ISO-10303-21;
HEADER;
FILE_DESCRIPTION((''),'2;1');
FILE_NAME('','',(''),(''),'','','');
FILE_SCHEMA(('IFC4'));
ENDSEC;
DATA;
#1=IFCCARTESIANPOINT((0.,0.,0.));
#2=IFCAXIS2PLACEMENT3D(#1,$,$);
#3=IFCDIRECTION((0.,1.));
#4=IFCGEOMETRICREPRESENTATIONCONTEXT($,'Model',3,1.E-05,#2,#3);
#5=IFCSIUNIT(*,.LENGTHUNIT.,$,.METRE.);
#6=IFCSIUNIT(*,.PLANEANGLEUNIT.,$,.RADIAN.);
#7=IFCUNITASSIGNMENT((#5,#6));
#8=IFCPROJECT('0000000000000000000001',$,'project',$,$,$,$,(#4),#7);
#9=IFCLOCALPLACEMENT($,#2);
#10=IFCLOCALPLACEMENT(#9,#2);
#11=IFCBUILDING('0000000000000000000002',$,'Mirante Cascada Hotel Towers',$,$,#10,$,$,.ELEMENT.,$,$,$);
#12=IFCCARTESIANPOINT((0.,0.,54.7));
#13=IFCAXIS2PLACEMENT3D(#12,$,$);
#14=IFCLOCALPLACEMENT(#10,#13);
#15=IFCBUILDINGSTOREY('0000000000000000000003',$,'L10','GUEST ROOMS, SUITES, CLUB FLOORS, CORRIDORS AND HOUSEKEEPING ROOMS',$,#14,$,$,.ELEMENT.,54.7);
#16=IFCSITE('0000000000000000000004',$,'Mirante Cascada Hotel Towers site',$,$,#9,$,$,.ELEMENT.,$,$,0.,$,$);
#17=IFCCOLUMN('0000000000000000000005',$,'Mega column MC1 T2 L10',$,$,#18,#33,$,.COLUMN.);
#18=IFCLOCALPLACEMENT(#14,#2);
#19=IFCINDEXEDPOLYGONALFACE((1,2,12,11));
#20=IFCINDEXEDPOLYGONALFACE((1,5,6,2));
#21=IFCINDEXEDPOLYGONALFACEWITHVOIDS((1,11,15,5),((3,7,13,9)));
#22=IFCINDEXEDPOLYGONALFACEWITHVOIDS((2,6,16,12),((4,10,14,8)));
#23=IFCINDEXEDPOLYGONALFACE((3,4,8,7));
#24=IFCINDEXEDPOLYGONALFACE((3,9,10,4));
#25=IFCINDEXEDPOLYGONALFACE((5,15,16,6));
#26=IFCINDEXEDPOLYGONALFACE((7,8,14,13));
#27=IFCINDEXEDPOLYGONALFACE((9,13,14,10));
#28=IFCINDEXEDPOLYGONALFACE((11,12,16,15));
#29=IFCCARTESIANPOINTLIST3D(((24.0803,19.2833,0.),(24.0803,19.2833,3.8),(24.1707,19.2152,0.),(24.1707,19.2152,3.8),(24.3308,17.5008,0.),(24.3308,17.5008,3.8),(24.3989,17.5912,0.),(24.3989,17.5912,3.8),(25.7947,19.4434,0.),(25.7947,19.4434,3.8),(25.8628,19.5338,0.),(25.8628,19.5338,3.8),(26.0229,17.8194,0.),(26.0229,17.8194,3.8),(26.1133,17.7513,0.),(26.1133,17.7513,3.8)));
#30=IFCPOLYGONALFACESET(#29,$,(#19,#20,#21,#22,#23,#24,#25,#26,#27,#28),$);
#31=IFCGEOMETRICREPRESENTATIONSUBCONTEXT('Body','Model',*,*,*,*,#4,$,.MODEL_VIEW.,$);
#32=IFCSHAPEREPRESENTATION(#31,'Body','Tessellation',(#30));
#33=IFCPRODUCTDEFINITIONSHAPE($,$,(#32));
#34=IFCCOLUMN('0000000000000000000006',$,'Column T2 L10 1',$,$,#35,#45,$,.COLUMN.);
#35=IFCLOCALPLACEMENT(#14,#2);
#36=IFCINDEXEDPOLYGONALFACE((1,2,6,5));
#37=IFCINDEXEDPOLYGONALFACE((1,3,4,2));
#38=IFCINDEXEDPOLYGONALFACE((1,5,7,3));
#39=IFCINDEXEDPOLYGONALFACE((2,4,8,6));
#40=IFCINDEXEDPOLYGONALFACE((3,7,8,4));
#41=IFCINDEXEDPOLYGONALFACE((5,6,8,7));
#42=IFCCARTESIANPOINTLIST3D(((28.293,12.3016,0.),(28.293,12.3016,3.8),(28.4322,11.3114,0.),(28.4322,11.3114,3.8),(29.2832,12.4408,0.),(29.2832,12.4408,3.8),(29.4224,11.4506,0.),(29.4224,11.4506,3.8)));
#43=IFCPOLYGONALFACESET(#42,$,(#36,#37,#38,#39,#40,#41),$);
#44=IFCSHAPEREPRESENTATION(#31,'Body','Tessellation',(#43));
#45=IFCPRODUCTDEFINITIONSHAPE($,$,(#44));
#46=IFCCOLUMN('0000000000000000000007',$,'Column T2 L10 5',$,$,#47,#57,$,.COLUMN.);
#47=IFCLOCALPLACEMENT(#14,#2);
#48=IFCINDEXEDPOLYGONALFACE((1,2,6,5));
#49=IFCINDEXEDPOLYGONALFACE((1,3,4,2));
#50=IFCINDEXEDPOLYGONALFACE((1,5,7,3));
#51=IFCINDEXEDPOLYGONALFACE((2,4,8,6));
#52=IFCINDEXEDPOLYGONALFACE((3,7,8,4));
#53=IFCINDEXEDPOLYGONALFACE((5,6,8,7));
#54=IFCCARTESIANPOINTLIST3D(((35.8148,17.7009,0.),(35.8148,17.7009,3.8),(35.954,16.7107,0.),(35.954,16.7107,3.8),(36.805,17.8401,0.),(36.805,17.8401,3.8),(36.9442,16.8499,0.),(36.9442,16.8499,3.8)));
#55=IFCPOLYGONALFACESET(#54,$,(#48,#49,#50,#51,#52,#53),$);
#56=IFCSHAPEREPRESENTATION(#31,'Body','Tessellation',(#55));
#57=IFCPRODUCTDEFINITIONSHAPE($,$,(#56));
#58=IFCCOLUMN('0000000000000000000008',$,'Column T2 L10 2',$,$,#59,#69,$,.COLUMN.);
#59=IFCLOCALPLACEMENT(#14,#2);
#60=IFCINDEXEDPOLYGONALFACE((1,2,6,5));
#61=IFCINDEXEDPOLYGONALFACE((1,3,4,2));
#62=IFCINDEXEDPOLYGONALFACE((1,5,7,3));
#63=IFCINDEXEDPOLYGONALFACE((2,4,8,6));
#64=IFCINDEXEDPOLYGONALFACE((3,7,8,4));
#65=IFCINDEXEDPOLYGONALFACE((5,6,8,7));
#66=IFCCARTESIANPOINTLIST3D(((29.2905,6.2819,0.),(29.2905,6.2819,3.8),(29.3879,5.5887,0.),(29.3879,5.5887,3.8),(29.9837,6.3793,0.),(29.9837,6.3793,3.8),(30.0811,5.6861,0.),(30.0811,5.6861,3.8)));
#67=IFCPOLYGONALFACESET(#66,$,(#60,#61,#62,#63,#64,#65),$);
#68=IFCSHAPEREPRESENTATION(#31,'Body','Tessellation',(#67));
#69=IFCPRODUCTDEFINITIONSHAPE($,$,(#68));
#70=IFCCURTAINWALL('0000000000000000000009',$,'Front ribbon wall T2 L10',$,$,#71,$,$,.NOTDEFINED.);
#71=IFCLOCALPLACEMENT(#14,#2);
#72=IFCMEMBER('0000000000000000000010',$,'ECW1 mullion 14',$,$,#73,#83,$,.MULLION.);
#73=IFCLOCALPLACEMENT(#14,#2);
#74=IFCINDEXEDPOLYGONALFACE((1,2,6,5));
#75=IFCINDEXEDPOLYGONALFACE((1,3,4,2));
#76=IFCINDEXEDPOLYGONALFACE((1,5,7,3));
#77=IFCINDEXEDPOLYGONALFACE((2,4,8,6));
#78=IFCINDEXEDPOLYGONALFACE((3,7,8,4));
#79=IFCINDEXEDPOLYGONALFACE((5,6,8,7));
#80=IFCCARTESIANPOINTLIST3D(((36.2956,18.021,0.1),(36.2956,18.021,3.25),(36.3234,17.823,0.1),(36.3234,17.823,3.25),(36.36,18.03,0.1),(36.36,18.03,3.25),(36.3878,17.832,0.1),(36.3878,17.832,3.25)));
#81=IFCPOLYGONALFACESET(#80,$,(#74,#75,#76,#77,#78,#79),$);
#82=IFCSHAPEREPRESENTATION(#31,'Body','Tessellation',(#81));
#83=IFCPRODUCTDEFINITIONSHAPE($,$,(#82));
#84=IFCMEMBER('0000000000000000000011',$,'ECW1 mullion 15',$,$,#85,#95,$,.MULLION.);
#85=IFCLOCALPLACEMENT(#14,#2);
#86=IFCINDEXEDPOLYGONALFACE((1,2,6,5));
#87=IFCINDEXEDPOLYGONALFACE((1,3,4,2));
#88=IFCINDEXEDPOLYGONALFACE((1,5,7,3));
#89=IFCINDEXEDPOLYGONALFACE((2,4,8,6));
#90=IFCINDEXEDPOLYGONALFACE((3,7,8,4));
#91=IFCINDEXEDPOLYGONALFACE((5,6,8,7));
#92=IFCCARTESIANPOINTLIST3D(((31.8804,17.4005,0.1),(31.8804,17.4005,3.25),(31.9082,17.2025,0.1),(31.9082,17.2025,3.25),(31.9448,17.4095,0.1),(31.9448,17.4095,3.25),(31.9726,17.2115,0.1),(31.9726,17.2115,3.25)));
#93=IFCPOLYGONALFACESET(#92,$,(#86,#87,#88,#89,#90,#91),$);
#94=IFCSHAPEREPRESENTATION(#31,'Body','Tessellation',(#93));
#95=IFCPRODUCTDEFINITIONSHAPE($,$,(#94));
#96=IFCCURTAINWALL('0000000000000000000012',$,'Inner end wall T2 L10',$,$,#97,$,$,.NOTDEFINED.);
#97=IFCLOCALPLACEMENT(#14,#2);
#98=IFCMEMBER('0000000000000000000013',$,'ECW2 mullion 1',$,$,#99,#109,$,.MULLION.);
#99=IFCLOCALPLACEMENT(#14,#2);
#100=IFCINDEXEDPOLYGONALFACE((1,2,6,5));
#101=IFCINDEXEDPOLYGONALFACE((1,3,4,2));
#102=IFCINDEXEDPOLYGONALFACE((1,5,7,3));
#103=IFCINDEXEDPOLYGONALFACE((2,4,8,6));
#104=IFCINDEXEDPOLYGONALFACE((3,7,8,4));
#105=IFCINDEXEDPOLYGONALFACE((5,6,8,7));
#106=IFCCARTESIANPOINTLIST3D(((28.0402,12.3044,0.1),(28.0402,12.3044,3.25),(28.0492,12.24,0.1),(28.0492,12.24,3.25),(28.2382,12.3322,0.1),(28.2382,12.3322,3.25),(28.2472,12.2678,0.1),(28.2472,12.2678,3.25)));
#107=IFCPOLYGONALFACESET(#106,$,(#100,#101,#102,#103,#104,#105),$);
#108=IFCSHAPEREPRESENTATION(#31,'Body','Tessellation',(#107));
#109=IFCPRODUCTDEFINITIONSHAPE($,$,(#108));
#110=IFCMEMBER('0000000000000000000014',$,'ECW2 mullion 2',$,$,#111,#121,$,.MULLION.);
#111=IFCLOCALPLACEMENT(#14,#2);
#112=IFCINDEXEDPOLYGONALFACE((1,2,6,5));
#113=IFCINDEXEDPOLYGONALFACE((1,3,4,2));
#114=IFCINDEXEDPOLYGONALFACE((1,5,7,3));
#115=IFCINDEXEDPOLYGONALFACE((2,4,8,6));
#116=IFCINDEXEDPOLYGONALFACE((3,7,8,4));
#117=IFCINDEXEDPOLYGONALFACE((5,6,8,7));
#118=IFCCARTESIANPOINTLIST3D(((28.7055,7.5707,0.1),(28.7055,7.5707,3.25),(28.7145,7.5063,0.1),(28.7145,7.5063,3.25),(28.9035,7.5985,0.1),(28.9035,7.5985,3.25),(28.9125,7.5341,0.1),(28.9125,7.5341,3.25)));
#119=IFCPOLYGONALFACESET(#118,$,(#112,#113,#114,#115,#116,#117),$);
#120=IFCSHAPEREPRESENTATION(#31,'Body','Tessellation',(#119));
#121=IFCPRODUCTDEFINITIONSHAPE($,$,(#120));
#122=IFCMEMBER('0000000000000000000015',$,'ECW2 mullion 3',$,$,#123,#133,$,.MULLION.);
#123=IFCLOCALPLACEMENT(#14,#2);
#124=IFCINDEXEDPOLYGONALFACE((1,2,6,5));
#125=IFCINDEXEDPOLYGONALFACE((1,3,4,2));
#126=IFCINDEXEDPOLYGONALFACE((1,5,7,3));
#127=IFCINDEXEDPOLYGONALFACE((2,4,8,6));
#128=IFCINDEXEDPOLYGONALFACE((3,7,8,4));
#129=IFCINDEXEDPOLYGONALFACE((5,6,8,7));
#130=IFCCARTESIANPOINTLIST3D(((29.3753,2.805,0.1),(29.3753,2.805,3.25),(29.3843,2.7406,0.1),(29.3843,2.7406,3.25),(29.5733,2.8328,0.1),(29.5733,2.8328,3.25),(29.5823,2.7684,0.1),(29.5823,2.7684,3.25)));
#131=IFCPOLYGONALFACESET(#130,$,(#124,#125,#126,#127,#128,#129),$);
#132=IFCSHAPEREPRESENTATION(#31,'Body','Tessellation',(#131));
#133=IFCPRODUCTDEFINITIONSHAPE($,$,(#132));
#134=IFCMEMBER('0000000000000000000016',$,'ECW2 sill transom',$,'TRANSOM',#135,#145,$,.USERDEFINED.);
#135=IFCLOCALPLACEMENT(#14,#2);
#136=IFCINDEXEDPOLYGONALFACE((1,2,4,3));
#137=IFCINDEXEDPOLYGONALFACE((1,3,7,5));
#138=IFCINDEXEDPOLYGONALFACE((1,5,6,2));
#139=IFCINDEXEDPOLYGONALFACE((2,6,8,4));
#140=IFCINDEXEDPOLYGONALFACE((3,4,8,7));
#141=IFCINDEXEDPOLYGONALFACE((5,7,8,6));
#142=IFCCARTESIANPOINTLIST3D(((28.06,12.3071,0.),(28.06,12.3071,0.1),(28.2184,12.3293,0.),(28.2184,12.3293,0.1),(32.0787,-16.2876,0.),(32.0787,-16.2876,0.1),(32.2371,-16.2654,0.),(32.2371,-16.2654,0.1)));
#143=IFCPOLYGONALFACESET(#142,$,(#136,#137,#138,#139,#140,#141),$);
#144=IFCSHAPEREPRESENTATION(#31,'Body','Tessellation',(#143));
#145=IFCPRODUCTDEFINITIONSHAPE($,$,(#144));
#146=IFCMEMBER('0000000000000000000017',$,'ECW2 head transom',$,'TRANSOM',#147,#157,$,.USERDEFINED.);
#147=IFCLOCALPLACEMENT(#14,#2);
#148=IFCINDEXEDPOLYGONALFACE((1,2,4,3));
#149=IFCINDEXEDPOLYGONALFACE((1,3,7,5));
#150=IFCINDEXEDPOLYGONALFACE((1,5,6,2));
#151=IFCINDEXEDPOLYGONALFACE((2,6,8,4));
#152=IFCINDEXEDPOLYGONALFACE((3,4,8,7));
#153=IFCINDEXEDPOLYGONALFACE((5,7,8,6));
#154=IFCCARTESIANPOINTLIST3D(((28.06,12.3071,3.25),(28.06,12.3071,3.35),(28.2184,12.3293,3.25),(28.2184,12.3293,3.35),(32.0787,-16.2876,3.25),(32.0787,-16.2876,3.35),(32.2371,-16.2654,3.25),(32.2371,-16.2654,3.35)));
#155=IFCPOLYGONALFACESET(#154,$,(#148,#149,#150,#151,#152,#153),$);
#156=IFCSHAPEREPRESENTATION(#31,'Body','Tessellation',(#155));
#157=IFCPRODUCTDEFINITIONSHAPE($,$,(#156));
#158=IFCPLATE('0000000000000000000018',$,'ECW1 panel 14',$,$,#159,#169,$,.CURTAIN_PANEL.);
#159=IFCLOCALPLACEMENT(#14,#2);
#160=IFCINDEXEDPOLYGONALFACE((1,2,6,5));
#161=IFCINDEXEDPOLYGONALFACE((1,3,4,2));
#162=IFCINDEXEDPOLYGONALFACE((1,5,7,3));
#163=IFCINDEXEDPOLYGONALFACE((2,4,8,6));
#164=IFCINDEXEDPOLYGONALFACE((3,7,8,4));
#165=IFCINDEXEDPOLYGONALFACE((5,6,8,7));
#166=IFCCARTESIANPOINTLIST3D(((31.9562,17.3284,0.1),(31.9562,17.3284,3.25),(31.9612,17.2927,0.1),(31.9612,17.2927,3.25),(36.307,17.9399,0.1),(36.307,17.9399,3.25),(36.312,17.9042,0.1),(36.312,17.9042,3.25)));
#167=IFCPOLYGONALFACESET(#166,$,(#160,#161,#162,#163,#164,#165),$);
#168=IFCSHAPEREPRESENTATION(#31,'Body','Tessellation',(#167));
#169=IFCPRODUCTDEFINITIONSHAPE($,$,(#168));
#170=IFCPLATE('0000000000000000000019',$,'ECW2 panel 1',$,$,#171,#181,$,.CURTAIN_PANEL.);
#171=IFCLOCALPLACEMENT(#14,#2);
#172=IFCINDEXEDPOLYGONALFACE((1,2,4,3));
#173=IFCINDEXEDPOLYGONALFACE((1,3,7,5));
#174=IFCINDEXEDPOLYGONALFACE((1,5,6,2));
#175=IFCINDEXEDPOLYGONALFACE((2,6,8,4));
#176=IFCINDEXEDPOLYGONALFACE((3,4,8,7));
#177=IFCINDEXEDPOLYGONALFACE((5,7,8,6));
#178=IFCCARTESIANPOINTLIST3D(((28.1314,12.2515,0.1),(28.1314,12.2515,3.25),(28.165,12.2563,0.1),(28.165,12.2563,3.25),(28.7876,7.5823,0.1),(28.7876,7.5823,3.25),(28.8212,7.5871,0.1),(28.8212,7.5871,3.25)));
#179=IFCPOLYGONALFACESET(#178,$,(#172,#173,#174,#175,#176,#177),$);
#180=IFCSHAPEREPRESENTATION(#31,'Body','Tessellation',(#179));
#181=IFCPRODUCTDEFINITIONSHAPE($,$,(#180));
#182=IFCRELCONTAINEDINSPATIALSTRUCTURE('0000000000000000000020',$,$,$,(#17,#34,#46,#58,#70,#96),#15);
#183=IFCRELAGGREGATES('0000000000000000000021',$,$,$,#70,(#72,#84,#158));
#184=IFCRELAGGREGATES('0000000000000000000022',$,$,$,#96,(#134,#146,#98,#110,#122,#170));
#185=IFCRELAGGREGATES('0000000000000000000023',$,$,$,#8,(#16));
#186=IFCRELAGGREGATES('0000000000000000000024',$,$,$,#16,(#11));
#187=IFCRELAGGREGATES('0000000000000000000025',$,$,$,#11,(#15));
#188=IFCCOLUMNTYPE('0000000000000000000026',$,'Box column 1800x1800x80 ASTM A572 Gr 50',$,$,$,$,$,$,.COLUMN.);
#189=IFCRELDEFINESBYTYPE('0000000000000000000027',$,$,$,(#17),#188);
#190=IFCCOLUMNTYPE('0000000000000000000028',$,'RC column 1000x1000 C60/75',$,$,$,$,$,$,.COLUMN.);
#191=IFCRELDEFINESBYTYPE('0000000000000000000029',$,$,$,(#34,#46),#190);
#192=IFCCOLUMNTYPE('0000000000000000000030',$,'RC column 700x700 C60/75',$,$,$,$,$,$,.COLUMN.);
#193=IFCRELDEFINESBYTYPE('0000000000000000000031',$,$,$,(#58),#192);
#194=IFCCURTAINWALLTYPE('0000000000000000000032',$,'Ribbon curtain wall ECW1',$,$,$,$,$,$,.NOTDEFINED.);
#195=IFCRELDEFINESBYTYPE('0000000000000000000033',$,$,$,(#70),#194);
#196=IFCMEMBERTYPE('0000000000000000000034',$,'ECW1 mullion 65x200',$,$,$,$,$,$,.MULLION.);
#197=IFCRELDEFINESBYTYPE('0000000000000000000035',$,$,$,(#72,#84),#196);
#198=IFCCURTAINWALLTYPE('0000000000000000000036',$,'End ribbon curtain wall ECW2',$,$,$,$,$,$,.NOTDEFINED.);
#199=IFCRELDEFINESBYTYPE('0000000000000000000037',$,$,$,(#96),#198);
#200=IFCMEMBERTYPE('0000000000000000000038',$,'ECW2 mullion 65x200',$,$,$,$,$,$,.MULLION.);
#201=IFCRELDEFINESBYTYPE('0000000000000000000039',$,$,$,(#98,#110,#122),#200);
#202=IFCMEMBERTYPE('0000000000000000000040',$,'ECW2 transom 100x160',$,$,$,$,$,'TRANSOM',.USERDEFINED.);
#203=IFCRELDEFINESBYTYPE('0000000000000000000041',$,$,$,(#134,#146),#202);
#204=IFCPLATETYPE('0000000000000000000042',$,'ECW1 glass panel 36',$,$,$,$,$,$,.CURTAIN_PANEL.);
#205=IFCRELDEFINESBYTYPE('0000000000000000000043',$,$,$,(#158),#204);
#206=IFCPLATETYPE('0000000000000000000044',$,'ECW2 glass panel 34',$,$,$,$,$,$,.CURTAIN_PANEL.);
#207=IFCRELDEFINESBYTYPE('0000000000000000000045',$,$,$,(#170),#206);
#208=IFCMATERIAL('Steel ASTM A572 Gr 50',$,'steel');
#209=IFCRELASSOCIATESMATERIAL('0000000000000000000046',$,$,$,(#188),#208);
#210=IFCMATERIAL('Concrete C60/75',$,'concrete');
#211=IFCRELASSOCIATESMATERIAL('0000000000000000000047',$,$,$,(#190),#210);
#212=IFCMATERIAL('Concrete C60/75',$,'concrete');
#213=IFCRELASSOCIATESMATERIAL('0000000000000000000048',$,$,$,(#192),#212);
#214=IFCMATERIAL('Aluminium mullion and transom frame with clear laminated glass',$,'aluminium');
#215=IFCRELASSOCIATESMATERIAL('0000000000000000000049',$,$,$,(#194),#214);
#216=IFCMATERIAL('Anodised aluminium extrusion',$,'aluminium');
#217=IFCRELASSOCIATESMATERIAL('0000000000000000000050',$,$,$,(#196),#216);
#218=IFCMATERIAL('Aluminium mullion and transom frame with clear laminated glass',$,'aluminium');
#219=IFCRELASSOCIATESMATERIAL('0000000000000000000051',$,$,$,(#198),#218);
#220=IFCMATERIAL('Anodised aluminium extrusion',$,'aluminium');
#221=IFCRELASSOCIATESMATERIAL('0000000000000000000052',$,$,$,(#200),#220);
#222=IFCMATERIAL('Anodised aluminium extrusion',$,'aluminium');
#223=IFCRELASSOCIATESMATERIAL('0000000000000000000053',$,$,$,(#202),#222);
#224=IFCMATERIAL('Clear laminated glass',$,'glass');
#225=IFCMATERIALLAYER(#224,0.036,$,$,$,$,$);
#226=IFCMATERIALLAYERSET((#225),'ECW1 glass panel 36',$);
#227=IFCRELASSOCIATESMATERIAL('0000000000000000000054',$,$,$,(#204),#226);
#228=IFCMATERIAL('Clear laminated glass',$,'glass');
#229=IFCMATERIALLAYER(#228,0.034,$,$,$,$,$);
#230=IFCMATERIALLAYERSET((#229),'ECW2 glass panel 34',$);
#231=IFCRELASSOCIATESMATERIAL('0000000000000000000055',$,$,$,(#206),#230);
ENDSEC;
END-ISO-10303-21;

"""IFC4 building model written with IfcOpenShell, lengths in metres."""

from ifc_helpers import new_model, si_unit, direction, frame, origin, origin_2d, place, context, subcontext, project, spatial, rectangle, hollow_rectangle, extrude, material, layer, layer_set, material_profile, profile_set, type_object, element, aggregate, save


model = new_model("IFC4")

# Units and contexts
model_context = context("Model", 3, precision=1e-05, world=origin(), true_north=direction((0.0, 1.0)))
body_context = subcontext(model_context, "Body", "Model", "MODEL_VIEW")
ifc_project = project(units=[si_unit("LENGTHUNIT", "METRE"), si_unit("PLANEANGLEUNIT", "RADIAN")], contexts=[model_context])

# Site, building, storey
site_placement = place(None, origin())
site = spatial("IfcSite", under=ifc_project, at=site_placement, Name="Mirante Cascada Hotel Towers site", CompositionType="ELEMENT", RefElevation=0.0)
building_placement = place(site_placement, origin())
building = spatial("IfcBuilding", under=site, at=building_placement, Name="Mirante Cascada Hotel Towers", CompositionType="ELEMENT")
storey_placement = place(building_placement, frame((0.0, 0.0, 54.7)))
storey = spatial("IfcBuildingStorey", under=building, at=storey_placement, Name="L10", Description="GUEST ROOMS, SUITES, CLUB FLOORS, CORRIDORS AND HOUSEKEEPING ROOMS", CompositionType="ELEMENT", Elevation=54.7)

# Columns
ifc_material_1 = material(Name="Steel ASTM A572 Gr 50", Category="steel")
ifc_material_profile_1 = material_profile(ifc_material_1, hollow_rectangle(XDim=1.8, YDim=1.8, WallThickness=0.08, at=origin_2d()), Name="Box column 1800x1800x80 ASTM A572 Gr 50")
ifc_profile_set_1 = profile_set([ifc_material_profile_1], Name="Steel ASTM A572 Gr 50")
column_type_1 = type_object("IfcColumnType", Name="Box column 1800x1800x80 ASTM A572 Gr 50", PredefinedType="COLUMN", material=ifc_profile_set_1)
column_1_placement = place(storey_placement, frame((25.0968, 18.5173, 0.0), z_axis=(0.0, 0.0, 1.0), x_axis=(0.990268, 0.139173, 0.0)))
element("IfcColumn", 1, at=column_1_placement, inside=storey, type_object=column_type_1, Name="Mega column MC1 T2 L10", PredefinedType="COLUMN", context=body_context, shape_type="SweptSolid", body=[
    extrude(hollow_rectangle(XDim=1.8, YDim=1.8, WallThickness=0.08, at=origin_2d()), origin(), (0.0, 0.0, 1.0), 3.8),
])
ifc_material_2 = material(Name="Concrete C60/75", Category="concrete")
ifc_material_profile_2 = material_profile(ifc_material_2, rectangle(XDim=1.0, YDim=1.0, at=origin_2d()), Name="RC column 1000x1000 C60/75")
ifc_profile_set_2 = profile_set([ifc_material_profile_2], Name="Concrete C60/75")
column_type_2 = type_object("IfcColumnType", Name="RC column 1000x1000 C60/75", PredefinedType="COLUMN", material=ifc_profile_set_2)
for number, where, z_axis, x_axis, name in (
    (2, (28.8577, 11.8761, 0.0), (0.0, 0.0, 1.0), (0.990268, 0.139173, 0.0), "Column T2 L10 1"),
    (3, (36.3795, 17.2754, 0.0), (0.0, 0.0, 1.0), (0.990268, 0.139173, 0.0), "Column T2 L10 5"),
):
    element("IfcColumn", number, at=place(storey_placement, frame(where, z_axis=z_axis, x_axis=x_axis)), inside=storey, type_object=column_type_2, Name=name, PredefinedType="COLUMN", context=body_context, shape_type="SweptSolid", body=[
        extrude(rectangle(XDim=1.0, YDim=1.0, at=origin_2d()), origin(), (0.0, 0.0, 1.0), 3.8),
    ])
ifc_material_3 = material(Name="Concrete C60/75", Category="concrete")
ifc_material_profile_3 = material_profile(ifc_material_3, rectangle(XDim=0.7, YDim=0.7, at=origin_2d()), Name="RC column 700x700 C60/75")
ifc_profile_set_3 = profile_set([ifc_material_profile_3], Name="Concrete C60/75")
column_type_3 = type_object("IfcColumnType", Name="RC column 700x700 C60/75", PredefinedType="COLUMN", material=ifc_profile_set_3)
column_2_placement = place(storey_placement, frame((29.6858, 5.984, 0.0), z_axis=(0.0, 0.0, 1.0), x_axis=(0.990268, 0.139173, 0.0)))
element("IfcColumn", 4, at=column_2_placement, inside=storey, type_object=column_type_3, Name="Column T2 L10 2", PredefinedType="COLUMN", context=body_context, shape_type="SweptSolid", body=[
    extrude(rectangle(XDim=0.7, YDim=0.7, at=origin_2d()), origin(), (0.0, 0.0, 1.0), 3.8),
])

# Curtain walls, members
ifc_material_4 = material(Name="Aluminium mullion and transom frame with clear laminated glass", Category="aluminium")
curtain_wall_type_1 = type_object("IfcCurtainWallType", Name="Ribbon curtain wall ECW1", PredefinedType="NOTDEFINED", material=ifc_material_4)
curtain_wall_1_placement = place(storey_placement, origin())
curtain_wall_1 = element("IfcCurtainWall", 5, at=curtain_wall_1_placement, inside=storey, type_object=curtain_wall_type_1, Name="Front ribbon wall T2 L10", PredefinedType="NOTDEFINED")
ifc_material_5 = material(Name="Anodised aluminium extrusion", Category="aluminium")
ifc_material_profile_4 = material_profile(ifc_material_5, rectangle(XDim=0.2, YDim=0.065, at=origin_2d()), Name="ECW1 MULLION 65x200")
ifc_profile_set_4 = profile_set([ifc_material_profile_4], Name="Anodised aluminium extrusion")
member_type_1 = type_object("IfcMemberType", Name="ECW1 mullion 65x200", PredefinedType="MULLION", material=ifc_profile_set_4)
member_1_placement = place(storey_placement, frame((36.3417, 17.9265, 0.1), z_axis=(0.0, 0.0, 1.0), x_axis=(0.139173, -0.990268, 0.0)))
member_1 = element("IfcMember", 6, at=member_1_placement, type_object=member_type_1, Name="ECW1 mullion 14", PredefinedType="MULLION", context=body_context, shape_type="SweptSolid", body=[
    extrude(rectangle(XDim=0.2, YDim=0.065, at=origin_2d()), origin(), (0.0, 0.0, 1.0), 3.15),
])
member_2_placement = place(storey_placement, frame((31.9265, 17.306, 0.1), z_axis=(0.0, 0.0, 1.0), x_axis=(0.139173, -0.990268, 0.0)))
member_2 = element("IfcMember", 7, at=member_2_placement, type_object=member_type_1, Name="ECW1 mullion 15", PredefinedType="MULLION", context=body_context, shape_type="SweptSolid", body=[
    extrude(rectangle(XDim=0.2, YDim=0.065, at=origin_2d()), origin(), (0.0, 0.0, 1.0), 3.15),
])
ifc_material_6 = material(Name="Aluminium mullion and transom frame with clear laminated glass", Category="aluminium")
curtain_wall_type_2 = type_object("IfcCurtainWallType", Name="End ribbon curtain wall ECW2", PredefinedType="NOTDEFINED", material=ifc_material_6)
curtain_wall_2_placement = place(storey_placement, origin())
curtain_wall_2 = element("IfcCurtainWall", 8, at=curtain_wall_2_placement, inside=storey, type_object=curtain_wall_type_2, Name="Inner end wall T2 L10", PredefinedType="NOTDEFINED")
ifc_material_7 = material(Name="Anodised aluminium extrusion", Category="aluminium")
ifc_material_profile_5 = material_profile(ifc_material_7, rectangle(XDim=0.2, YDim=0.065, at=origin_2d()), Name="ECW2 MULLION 65x200")
ifc_profile_set_5 = profile_set([ifc_material_profile_5], Name="Anodised aluminium extrusion")
member_type_2 = type_object("IfcMemberType", Name="ECW2 mullion 65x200", PredefinedType="MULLION", material=ifc_profile_set_5)
member_3_placement = place(storey_placement, frame((28.1437, 12.2861, 0.1), z_axis=(0.0, 0.0, 1.0), x_axis=(0.990268, 0.139173, 0.0)))
member_3 = element("IfcMember", 9, at=member_3_placement, type_object=member_type_2, Name="ECW2 mullion 1", PredefinedType="MULLION", context=body_context, shape_type="SweptSolid", body=[
    extrude(rectangle(XDim=0.2, YDim=0.065, at=origin_2d()), origin(), (0.0, 0.0, 1.0), 3.15),
])
member_4_placement = place(storey_placement, frame((28.809, 7.5524, 0.1), z_axis=(0.0, 0.0, 1.0), x_axis=(0.990268, 0.139173, 0.0)))
member_4 = element("IfcMember", 10, at=member_4_placement, type_object=member_type_2, Name="ECW2 mullion 2", PredefinedType="MULLION", context=body_context, shape_type="SweptSolid", body=[
    extrude(rectangle(XDim=0.2, YDim=0.065, at=origin_2d()), origin(), (0.0, 0.0, 1.0), 3.15),
])
member_5_placement = place(storey_placement, frame((29.4788, 2.7867, 0.1), z_axis=(0.0, 0.0, 1.0), x_axis=(0.990268, 0.139173, 0.0)))
member_5 = element("IfcMember", 11, at=member_5_placement, type_object=member_type_2, Name="ECW2 mullion 3", PredefinedType="MULLION", context=body_context, shape_type="SweptSolid", body=[
    extrude(rectangle(XDim=0.2, YDim=0.065, at=origin_2d()), origin(), (0.0, 0.0, 1.0), 3.15),
])
ifc_material_8 = material(Name="Anodised aluminium extrusion", Category="aluminium")
ifc_material_profile_6 = material_profile(ifc_material_8, rectangle(XDim=0.16, YDim=0.1, at=origin_2d()), Name="ECW2 TRANSOM 100x160")
ifc_profile_set_6 = profile_set([ifc_material_profile_6], Name="Anodised aluminium extrusion")
member_type_3 = type_object("IfcMemberType", Name="ECW2 transom 100x160", ElementType="TRANSOM", PredefinedType="USERDEFINED", material=ifc_profile_set_6)
member_6_placement = place(storey_placement, frame((28.1392, 12.3182, 0.05), z_axis=(0.139172, -0.990268, 0.0), x_axis=(0.990268, 0.139172, 0.0)))
member_6 = element("IfcMember", 12, at=member_6_placement, type_object=member_type_3, Name="ECW2 sill transom", ObjectType="TRANSOM", PredefinedType="USERDEFINED", context=body_context, shape_type="SweptSolid", body=[
    extrude(rectangle(XDim=0.16, YDim=0.1, at=origin_2d()), origin(), (0.0, 0.0, 1.0), 28.8757),
])
member_7_placement = place(storey_placement, frame((28.1392, 12.3182, 3.3), z_axis=(0.139172, -0.990268, 0.0), x_axis=(0.990268, 0.139172, 0.0)))
member_7 = element("IfcMember", 13, at=member_7_placement, type_object=member_type_3, Name="ECW2 head transom", ObjectType="TRANSOM", PredefinedType="USERDEFINED", context=body_context, shape_type="SweptSolid", body=[
    extrude(rectangle(XDim=0.16, YDim=0.1, at=origin_2d()), origin(), (0.0, 0.0, 1.0), 28.8757),
])

# Plates
ifc_material_9 = material(Name="Clear laminated glass", Category="glass")
ifc_layer_1 = layer(ifc_material_9, 0.036)
ifc_layer_set_1 = layer_set([ifc_layer_1], Name="ECW1 glass panel 36")
plate_type_1 = type_object("IfcPlateType", Name="ECW1 glass panel 36", PredefinedType="CURTAIN_PANEL", material=ifc_layer_set_1)
plate_1_placement = place(storey_placement, frame((34.1341, 17.6163, 0.1), z_axis=(0.0, 0.0, 1.0), x_axis=(-0.990268, -0.139173, 0.0)))
plate_1 = element("IfcPlate", 14, at=plate_1_placement, type_object=plate_type_1, Name="ECW1 panel 14", PredefinedType="CURTAIN_PANEL", context=body_context, shape_type="SweptSolid", body=[
    extrude(rectangle(XDim=4.3936, YDim=0.036, at=origin_2d()), origin(), (0.0, 0.0, 1.0), 3.15),
])
aggregate(curtain_wall_1, [member_1, member_2, plate_1])
ifc_material_10 = material(Name="Clear laminated glass", Category="glass")
ifc_layer_2 = layer(ifc_material_10, 0.034)
ifc_layer_set_2 = layer_set([ifc_layer_2], Name="ECW2 glass panel 34")
plate_type_2 = type_object("IfcPlateType", Name="ECW2 glass panel 34", PredefinedType="CURTAIN_PANEL", material=ifc_layer_set_2)
plate_2_placement = place(storey_placement, frame((28.4763, 9.9193, 0.1), z_axis=(0.0, 0.0, 1.0), x_axis=(0.139173, -0.990268, 0.0)))
plate_2 = element("IfcPlate", 15, at=plate_2_placement, type_object=plate_type_2, Name="ECW2 panel 1", PredefinedType="CURTAIN_PANEL", context=body_context, shape_type="SweptSolid", body=[
    extrude(rectangle(XDim=4.7151, YDim=0.034, at=origin_2d()), origin(), (0.0, 0.0, 1.0), 3.15),
])
aggregate(curtain_wall_2, [member_6, member_7, member_3, member_4, member_5, plate_2])

save(model, "model.ifc")
